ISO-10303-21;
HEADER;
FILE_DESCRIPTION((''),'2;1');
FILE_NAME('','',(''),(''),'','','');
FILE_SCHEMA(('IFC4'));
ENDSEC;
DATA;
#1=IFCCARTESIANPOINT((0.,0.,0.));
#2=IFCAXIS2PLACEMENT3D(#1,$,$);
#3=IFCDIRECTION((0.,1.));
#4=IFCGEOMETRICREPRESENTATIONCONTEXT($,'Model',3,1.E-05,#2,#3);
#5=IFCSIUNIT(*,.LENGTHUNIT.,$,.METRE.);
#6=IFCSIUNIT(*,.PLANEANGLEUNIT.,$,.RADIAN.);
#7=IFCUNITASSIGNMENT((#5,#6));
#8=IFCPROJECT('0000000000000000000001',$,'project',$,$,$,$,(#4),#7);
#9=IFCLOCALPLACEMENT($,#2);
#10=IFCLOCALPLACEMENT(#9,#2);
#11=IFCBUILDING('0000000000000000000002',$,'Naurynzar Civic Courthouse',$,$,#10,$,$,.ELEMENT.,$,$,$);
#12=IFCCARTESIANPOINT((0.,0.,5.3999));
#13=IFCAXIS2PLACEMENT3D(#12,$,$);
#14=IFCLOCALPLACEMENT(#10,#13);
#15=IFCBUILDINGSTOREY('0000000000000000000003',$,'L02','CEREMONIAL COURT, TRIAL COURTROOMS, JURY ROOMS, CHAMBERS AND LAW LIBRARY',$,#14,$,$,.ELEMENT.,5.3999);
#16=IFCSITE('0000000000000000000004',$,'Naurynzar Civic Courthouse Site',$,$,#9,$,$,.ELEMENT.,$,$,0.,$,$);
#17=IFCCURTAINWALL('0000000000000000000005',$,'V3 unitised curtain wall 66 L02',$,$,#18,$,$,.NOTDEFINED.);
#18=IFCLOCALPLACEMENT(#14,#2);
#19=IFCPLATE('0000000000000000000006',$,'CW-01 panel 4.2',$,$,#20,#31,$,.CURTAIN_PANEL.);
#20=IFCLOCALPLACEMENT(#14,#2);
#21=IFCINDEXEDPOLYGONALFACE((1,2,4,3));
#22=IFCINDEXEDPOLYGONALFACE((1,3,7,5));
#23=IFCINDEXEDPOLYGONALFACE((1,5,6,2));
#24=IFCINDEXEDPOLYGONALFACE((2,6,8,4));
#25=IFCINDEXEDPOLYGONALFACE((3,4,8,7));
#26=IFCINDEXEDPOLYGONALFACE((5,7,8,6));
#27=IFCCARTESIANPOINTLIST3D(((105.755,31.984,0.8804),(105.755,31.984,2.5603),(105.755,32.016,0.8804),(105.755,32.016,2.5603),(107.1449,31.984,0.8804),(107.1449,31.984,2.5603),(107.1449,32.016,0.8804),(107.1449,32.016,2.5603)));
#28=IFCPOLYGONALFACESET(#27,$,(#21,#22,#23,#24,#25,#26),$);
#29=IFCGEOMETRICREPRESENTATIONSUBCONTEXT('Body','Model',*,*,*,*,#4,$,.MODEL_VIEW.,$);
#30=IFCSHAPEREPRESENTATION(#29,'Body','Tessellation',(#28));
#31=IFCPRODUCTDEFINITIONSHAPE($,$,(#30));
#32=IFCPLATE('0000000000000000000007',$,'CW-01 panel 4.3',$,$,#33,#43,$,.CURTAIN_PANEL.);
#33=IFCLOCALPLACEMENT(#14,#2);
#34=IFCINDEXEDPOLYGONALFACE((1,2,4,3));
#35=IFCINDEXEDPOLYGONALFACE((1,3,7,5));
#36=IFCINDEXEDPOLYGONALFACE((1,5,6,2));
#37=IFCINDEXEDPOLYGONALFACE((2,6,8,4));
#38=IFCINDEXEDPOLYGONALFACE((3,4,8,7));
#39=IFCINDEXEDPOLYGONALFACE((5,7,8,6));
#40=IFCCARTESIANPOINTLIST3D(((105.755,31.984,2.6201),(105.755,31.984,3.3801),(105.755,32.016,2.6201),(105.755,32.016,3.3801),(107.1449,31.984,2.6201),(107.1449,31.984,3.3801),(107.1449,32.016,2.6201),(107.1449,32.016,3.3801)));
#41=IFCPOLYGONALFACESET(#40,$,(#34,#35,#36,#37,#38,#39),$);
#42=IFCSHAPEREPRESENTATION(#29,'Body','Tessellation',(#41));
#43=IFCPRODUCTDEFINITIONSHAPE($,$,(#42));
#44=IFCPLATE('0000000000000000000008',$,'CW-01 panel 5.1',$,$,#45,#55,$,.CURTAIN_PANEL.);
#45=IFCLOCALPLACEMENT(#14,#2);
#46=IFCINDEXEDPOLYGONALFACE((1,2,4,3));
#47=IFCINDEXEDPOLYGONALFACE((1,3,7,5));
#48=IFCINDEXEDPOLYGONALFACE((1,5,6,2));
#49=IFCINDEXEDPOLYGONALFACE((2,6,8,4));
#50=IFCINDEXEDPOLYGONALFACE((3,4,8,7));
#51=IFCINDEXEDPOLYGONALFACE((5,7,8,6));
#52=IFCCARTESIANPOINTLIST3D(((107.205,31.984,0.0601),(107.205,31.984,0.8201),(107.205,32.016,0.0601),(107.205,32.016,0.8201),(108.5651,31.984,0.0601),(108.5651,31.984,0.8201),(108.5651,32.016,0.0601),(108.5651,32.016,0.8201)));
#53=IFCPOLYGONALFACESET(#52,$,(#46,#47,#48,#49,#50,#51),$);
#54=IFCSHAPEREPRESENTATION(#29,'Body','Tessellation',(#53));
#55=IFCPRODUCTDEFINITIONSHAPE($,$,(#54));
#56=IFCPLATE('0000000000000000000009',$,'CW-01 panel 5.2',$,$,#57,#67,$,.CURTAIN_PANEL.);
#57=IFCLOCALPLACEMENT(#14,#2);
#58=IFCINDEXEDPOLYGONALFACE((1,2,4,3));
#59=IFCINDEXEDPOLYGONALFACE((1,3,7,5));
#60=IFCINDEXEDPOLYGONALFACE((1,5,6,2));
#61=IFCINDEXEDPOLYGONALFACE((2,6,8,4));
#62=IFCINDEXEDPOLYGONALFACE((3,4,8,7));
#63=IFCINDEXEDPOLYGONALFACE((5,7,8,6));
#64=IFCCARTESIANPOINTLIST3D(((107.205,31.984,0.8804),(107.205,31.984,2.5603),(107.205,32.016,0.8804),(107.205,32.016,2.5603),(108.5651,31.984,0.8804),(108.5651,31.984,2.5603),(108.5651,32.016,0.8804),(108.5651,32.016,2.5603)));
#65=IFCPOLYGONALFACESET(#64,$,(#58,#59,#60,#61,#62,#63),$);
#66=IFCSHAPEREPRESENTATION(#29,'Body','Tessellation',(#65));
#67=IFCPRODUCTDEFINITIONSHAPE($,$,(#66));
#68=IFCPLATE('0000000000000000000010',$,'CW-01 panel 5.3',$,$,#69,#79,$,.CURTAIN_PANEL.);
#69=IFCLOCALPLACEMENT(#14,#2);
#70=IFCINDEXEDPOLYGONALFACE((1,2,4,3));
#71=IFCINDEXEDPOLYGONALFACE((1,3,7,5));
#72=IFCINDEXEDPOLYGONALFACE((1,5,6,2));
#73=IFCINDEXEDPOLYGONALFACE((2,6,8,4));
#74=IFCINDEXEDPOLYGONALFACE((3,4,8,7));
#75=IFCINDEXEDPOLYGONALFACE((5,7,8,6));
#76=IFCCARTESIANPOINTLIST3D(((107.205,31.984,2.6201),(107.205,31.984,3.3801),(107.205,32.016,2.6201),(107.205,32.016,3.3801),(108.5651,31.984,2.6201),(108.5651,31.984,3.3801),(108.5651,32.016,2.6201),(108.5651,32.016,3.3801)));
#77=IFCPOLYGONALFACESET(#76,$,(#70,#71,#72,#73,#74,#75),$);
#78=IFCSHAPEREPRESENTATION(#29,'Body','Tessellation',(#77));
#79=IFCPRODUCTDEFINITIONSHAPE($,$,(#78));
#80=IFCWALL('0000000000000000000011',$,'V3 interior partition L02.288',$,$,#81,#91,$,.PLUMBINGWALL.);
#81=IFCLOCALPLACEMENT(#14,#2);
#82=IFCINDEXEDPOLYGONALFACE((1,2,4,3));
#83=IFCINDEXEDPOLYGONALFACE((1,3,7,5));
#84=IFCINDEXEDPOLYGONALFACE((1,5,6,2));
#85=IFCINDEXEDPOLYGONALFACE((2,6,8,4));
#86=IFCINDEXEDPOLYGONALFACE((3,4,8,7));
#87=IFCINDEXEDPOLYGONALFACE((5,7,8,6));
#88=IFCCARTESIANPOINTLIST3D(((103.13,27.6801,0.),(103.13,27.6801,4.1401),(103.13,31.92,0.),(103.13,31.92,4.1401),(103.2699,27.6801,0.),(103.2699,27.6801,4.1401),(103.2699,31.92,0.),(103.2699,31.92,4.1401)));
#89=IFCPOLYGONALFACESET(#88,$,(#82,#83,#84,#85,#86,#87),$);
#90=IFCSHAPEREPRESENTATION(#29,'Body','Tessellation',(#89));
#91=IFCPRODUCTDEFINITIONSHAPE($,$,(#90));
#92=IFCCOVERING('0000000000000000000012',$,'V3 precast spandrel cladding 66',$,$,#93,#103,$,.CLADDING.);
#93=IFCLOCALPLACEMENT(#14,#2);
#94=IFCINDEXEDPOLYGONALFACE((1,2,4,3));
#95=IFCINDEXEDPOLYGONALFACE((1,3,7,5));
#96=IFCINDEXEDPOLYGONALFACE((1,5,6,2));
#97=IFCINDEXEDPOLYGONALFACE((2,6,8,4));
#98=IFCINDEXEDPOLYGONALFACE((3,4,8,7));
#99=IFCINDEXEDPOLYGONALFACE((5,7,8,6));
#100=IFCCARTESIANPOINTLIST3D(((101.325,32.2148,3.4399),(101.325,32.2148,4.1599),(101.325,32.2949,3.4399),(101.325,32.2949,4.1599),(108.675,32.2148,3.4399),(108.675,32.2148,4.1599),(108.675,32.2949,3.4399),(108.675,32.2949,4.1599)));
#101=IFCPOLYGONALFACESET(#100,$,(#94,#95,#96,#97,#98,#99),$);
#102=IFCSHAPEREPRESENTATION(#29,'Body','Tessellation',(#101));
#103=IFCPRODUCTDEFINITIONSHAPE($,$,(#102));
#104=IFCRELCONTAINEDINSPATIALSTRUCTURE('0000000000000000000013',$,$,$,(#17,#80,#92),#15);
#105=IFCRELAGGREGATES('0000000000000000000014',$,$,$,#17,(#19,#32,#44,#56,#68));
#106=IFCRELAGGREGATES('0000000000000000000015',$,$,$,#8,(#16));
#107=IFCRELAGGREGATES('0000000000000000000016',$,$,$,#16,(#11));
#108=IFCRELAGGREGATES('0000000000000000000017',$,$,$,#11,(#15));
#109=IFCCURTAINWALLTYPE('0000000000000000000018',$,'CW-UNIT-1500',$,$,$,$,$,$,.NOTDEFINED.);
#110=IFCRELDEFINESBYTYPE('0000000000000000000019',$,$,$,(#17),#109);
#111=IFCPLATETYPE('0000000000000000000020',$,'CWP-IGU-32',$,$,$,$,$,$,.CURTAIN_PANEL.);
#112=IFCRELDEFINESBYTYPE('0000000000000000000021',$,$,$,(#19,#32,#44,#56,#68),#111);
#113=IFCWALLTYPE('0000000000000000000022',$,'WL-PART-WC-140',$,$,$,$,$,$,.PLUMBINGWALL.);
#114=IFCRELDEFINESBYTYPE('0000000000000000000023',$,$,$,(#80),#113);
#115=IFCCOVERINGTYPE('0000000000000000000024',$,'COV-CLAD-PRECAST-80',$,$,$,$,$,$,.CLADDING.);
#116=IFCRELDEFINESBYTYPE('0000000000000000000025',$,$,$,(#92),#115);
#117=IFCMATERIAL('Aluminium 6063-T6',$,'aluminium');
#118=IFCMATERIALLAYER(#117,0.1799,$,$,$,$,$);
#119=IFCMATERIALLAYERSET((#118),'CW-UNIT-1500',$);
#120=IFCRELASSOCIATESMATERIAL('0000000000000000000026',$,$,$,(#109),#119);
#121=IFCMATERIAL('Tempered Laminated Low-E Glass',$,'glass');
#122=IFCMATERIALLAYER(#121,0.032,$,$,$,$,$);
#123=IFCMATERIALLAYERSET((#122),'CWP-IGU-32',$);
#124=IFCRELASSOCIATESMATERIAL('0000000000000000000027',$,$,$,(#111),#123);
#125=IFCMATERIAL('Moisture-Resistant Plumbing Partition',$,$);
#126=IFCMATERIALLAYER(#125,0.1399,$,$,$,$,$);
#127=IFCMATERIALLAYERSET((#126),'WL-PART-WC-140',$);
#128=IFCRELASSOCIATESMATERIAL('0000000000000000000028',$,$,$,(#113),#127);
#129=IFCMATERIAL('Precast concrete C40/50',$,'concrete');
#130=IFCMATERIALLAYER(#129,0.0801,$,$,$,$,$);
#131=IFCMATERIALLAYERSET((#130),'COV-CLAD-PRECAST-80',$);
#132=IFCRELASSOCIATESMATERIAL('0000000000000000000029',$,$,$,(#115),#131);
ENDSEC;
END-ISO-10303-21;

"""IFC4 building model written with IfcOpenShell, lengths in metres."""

from ifc_helpers import new_model, si_unit, direction, frame, frame_2d, origin, origin_2d, place, context, subcontext, project, spatial, rectangle, extrude, material, layer, layer_set, type_object, element, aggregate, save


model = new_model("IFC4")

# Units and contexts
model_context = context("Model", 3, precision=1e-05, world=origin(), true_north=direction((0.0, 1.0)))
body_context = subcontext(model_context, "Body", "Model", "MODEL_VIEW")
ifc_project = project(units=[si_unit("LENGTHUNIT", "METRE"), si_unit("PLANEANGLEUNIT", "RADIAN")], contexts=[model_context])

# Site, building, storey
site_placement = place(None, origin())
site = spatial("IfcSite", under=ifc_project, at=site_placement, Name="Naurynzar Civic Courthouse Site", CompositionType="ELEMENT", RefElevation=0.0)
building_placement = place(site_placement, origin())
building = spatial("IfcBuilding", under=site, at=building_placement, Name="Naurynzar Civic Courthouse", CompositionType="ELEMENT")
storey_placement = place(building_placement, frame((0.0, 0.0, 5.3999)))
storey = spatial("IfcBuildingStorey", under=building, at=storey_placement, Name="L02", Description="CEREMONIAL COURT, TRIAL COURTROOMS, JURY ROOMS, CHAMBERS AND LAW LIBRARY", CompositionType="ELEMENT", Elevation=5.3999)

# Curtain wall, plates
ifc_material_1 = material(Name="Aluminium 6063-T6", Category="aluminium")
ifc_layer_1 = layer(ifc_material_1, 0.1799)
ifc_layer_set_1 = layer_set([ifc_layer_1], Name="CW-UNIT-1500")
curtain_wall_type = type_object("IfcCurtainWallType", Name="CW-UNIT-1500", PredefinedType="NOTDEFINED", material=ifc_layer_set_1)
curtain_wall_placement = place(storey_placement, origin())
curtain_wall = element("IfcCurtainWall", 1, at=curtain_wall_placement, inside=storey, type_object=curtain_wall_type, Name="V3 unitised curtain wall 66 L02", PredefinedType="NOTDEFINED")
ifc_material_2 = material(Name="Tempered Laminated Low-E Glass", Category="glass")
ifc_layer_2 = layer(ifc_material_2, 0.032)
ifc_layer_set_2 = layer_set([ifc_layer_2], Name="CWP-IGU-32")
plate_type = type_object("IfcPlateType", Name="CWP-IGU-32", PredefinedType="CURTAIN_PANEL", material=ifc_layer_set_2)
plate_1_placement = place(storey_placement, frame((106.45, 32.0, 0.8804), z_axis=(0.0, 0.0, 1.0), x_axis=(1.0, 0.0, 0.0)))
plate_1 = element("IfcPlate", 2, at=plate_1_placement, type_object=plate_type, Name="CW-01 panel 4.2", PredefinedType="CURTAIN_PANEL", context=body_context, shape_type="SweptSolid", body=[
    extrude(rectangle(XDim=1.3899, YDim=0.032, at=origin_2d()), origin(), (0.0, 0.0, 1.0), 1.6799),
])
plate_2_placement = place(storey_placement, frame((106.45, 32.0, 2.6201), z_axis=(0.0, 0.0, 1.0), x_axis=(1.0, 0.0, 0.0)))
plate_2 = element("IfcPlate", 3, at=plate_2_placement, type_object=plate_type, Name="CW-01 panel 4.3", PredefinedType="CURTAIN_PANEL", context=body_context, shape_type="SweptSolid", body=[
    extrude(rectangle(XDim=1.3899, YDim=0.032, at=origin_2d()), origin(), (0.0, 0.0, 1.0), 0.76),
])
plate_3_placement = place(storey_placement, frame((107.885, 32.0, 0.0601), z_axis=(0.0, 0.0, 1.0), x_axis=(1.0, 0.0, 0.0)))
plate_3 = element("IfcPlate", 4, at=plate_3_placement, type_object=plate_type, Name="CW-01 panel 5.1", PredefinedType="CURTAIN_PANEL", context=body_context, shape_type="SweptSolid", body=[
    extrude(rectangle(XDim=1.3601, YDim=0.032, at=origin_2d()), origin(), (0.0, 0.0, 1.0), 0.76),
])
plate_4_placement = place(storey_placement, frame((107.885, 32.0, 0.8804), z_axis=(0.0, 0.0, 1.0), x_axis=(1.0, 0.0, 0.0)))
plate_4 = element("IfcPlate", 5, at=plate_4_placement, type_object=plate_type, Name="CW-01 panel 5.2", PredefinedType="CURTAIN_PANEL", context=body_context, shape_type="SweptSolid", body=[
    extrude(rectangle(XDim=1.3601, YDim=0.032, at=origin_2d()), origin(), (0.0, 0.0, 1.0), 1.6799),
])
plate_5_placement = place(storey_placement, frame((107.885, 32.0, 2.6201), z_axis=(0.0, 0.0, 1.0), x_axis=(1.0, 0.0, 0.0)))
plate_5 = element("IfcPlate", 6, at=plate_5_placement, type_object=plate_type, Name="CW-01 panel 5.3", PredefinedType="CURTAIN_PANEL", context=body_context, shape_type="SweptSolid", body=[
    extrude(rectangle(XDim=1.3601, YDim=0.032, at=origin_2d()), origin(), (0.0, 0.0, 1.0), 0.76),
])
aggregate(curtain_wall, [plate_1, plate_2, plate_3, plate_4, plate_5])

# Wall
ifc_material_3 = material(Name="Moisture-Resistant Plumbing Partition")
ifc_layer_3 = layer(ifc_material_3, 0.1399)
ifc_layer_set_3 = layer_set([ifc_layer_3], Name="WL-PART-WC-140")
wall_type = type_object("IfcWallType", Name="WL-PART-WC-140", PredefinedType="PLUMBINGWALL", material=ifc_layer_set_3)
wall_placement = place(storey_placement, frame((103.2, 27.6799, 0.0), z_axis=(0.0, 0.0, 1.0), x_axis=(0.0, 1.0, 0.0)))
element("IfcWall", 7, at=wall_placement, inside=storey, type_object=wall_type, Name="V3 interior partition L02.288", PredefinedType="PLUMBINGWALL", context=body_context, shape_type="SweptSolid", body=[
    extrude(rectangle(XDim=4.24, YDim=0.1399, at=frame_2d((2.1201, 0.0))), origin(), (0.0, 0.0, 1.0), 4.1401),
])

# Covering
ifc_material_4 = material(Name="Precast concrete C40/50", Category="concrete")
ifc_layer_4 = layer(ifc_material_4, 0.0801)
ifc_layer_set_4 = layer_set([ifc_layer_4], Name="COV-CLAD-PRECAST-80")
covering_type = type_object("IfcCoveringType", Name="COV-CLAD-PRECAST-80", PredefinedType="CLADDING", material=ifc_layer_set_4)
covering_placement = place(storey_placement, frame((105.0, 32.2549, 3.4399), z_axis=(0.0, 0.0, 1.0), x_axis=(1.0, 0.0, 0.0)))
element("IfcCovering", 8, at=covering_placement, inside=storey, type_object=covering_type, Name="V3 precast spandrel cladding 66", PredefinedType="CLADDING", context=body_context, shape_type="SweptSolid", body=[
    extrude(rectangle(XDim=7.3501, YDim=0.0801, at=origin_2d()), origin(), (0.0, 0.0, 1.0), 0.72),
])

save(model, "model.ifc")
